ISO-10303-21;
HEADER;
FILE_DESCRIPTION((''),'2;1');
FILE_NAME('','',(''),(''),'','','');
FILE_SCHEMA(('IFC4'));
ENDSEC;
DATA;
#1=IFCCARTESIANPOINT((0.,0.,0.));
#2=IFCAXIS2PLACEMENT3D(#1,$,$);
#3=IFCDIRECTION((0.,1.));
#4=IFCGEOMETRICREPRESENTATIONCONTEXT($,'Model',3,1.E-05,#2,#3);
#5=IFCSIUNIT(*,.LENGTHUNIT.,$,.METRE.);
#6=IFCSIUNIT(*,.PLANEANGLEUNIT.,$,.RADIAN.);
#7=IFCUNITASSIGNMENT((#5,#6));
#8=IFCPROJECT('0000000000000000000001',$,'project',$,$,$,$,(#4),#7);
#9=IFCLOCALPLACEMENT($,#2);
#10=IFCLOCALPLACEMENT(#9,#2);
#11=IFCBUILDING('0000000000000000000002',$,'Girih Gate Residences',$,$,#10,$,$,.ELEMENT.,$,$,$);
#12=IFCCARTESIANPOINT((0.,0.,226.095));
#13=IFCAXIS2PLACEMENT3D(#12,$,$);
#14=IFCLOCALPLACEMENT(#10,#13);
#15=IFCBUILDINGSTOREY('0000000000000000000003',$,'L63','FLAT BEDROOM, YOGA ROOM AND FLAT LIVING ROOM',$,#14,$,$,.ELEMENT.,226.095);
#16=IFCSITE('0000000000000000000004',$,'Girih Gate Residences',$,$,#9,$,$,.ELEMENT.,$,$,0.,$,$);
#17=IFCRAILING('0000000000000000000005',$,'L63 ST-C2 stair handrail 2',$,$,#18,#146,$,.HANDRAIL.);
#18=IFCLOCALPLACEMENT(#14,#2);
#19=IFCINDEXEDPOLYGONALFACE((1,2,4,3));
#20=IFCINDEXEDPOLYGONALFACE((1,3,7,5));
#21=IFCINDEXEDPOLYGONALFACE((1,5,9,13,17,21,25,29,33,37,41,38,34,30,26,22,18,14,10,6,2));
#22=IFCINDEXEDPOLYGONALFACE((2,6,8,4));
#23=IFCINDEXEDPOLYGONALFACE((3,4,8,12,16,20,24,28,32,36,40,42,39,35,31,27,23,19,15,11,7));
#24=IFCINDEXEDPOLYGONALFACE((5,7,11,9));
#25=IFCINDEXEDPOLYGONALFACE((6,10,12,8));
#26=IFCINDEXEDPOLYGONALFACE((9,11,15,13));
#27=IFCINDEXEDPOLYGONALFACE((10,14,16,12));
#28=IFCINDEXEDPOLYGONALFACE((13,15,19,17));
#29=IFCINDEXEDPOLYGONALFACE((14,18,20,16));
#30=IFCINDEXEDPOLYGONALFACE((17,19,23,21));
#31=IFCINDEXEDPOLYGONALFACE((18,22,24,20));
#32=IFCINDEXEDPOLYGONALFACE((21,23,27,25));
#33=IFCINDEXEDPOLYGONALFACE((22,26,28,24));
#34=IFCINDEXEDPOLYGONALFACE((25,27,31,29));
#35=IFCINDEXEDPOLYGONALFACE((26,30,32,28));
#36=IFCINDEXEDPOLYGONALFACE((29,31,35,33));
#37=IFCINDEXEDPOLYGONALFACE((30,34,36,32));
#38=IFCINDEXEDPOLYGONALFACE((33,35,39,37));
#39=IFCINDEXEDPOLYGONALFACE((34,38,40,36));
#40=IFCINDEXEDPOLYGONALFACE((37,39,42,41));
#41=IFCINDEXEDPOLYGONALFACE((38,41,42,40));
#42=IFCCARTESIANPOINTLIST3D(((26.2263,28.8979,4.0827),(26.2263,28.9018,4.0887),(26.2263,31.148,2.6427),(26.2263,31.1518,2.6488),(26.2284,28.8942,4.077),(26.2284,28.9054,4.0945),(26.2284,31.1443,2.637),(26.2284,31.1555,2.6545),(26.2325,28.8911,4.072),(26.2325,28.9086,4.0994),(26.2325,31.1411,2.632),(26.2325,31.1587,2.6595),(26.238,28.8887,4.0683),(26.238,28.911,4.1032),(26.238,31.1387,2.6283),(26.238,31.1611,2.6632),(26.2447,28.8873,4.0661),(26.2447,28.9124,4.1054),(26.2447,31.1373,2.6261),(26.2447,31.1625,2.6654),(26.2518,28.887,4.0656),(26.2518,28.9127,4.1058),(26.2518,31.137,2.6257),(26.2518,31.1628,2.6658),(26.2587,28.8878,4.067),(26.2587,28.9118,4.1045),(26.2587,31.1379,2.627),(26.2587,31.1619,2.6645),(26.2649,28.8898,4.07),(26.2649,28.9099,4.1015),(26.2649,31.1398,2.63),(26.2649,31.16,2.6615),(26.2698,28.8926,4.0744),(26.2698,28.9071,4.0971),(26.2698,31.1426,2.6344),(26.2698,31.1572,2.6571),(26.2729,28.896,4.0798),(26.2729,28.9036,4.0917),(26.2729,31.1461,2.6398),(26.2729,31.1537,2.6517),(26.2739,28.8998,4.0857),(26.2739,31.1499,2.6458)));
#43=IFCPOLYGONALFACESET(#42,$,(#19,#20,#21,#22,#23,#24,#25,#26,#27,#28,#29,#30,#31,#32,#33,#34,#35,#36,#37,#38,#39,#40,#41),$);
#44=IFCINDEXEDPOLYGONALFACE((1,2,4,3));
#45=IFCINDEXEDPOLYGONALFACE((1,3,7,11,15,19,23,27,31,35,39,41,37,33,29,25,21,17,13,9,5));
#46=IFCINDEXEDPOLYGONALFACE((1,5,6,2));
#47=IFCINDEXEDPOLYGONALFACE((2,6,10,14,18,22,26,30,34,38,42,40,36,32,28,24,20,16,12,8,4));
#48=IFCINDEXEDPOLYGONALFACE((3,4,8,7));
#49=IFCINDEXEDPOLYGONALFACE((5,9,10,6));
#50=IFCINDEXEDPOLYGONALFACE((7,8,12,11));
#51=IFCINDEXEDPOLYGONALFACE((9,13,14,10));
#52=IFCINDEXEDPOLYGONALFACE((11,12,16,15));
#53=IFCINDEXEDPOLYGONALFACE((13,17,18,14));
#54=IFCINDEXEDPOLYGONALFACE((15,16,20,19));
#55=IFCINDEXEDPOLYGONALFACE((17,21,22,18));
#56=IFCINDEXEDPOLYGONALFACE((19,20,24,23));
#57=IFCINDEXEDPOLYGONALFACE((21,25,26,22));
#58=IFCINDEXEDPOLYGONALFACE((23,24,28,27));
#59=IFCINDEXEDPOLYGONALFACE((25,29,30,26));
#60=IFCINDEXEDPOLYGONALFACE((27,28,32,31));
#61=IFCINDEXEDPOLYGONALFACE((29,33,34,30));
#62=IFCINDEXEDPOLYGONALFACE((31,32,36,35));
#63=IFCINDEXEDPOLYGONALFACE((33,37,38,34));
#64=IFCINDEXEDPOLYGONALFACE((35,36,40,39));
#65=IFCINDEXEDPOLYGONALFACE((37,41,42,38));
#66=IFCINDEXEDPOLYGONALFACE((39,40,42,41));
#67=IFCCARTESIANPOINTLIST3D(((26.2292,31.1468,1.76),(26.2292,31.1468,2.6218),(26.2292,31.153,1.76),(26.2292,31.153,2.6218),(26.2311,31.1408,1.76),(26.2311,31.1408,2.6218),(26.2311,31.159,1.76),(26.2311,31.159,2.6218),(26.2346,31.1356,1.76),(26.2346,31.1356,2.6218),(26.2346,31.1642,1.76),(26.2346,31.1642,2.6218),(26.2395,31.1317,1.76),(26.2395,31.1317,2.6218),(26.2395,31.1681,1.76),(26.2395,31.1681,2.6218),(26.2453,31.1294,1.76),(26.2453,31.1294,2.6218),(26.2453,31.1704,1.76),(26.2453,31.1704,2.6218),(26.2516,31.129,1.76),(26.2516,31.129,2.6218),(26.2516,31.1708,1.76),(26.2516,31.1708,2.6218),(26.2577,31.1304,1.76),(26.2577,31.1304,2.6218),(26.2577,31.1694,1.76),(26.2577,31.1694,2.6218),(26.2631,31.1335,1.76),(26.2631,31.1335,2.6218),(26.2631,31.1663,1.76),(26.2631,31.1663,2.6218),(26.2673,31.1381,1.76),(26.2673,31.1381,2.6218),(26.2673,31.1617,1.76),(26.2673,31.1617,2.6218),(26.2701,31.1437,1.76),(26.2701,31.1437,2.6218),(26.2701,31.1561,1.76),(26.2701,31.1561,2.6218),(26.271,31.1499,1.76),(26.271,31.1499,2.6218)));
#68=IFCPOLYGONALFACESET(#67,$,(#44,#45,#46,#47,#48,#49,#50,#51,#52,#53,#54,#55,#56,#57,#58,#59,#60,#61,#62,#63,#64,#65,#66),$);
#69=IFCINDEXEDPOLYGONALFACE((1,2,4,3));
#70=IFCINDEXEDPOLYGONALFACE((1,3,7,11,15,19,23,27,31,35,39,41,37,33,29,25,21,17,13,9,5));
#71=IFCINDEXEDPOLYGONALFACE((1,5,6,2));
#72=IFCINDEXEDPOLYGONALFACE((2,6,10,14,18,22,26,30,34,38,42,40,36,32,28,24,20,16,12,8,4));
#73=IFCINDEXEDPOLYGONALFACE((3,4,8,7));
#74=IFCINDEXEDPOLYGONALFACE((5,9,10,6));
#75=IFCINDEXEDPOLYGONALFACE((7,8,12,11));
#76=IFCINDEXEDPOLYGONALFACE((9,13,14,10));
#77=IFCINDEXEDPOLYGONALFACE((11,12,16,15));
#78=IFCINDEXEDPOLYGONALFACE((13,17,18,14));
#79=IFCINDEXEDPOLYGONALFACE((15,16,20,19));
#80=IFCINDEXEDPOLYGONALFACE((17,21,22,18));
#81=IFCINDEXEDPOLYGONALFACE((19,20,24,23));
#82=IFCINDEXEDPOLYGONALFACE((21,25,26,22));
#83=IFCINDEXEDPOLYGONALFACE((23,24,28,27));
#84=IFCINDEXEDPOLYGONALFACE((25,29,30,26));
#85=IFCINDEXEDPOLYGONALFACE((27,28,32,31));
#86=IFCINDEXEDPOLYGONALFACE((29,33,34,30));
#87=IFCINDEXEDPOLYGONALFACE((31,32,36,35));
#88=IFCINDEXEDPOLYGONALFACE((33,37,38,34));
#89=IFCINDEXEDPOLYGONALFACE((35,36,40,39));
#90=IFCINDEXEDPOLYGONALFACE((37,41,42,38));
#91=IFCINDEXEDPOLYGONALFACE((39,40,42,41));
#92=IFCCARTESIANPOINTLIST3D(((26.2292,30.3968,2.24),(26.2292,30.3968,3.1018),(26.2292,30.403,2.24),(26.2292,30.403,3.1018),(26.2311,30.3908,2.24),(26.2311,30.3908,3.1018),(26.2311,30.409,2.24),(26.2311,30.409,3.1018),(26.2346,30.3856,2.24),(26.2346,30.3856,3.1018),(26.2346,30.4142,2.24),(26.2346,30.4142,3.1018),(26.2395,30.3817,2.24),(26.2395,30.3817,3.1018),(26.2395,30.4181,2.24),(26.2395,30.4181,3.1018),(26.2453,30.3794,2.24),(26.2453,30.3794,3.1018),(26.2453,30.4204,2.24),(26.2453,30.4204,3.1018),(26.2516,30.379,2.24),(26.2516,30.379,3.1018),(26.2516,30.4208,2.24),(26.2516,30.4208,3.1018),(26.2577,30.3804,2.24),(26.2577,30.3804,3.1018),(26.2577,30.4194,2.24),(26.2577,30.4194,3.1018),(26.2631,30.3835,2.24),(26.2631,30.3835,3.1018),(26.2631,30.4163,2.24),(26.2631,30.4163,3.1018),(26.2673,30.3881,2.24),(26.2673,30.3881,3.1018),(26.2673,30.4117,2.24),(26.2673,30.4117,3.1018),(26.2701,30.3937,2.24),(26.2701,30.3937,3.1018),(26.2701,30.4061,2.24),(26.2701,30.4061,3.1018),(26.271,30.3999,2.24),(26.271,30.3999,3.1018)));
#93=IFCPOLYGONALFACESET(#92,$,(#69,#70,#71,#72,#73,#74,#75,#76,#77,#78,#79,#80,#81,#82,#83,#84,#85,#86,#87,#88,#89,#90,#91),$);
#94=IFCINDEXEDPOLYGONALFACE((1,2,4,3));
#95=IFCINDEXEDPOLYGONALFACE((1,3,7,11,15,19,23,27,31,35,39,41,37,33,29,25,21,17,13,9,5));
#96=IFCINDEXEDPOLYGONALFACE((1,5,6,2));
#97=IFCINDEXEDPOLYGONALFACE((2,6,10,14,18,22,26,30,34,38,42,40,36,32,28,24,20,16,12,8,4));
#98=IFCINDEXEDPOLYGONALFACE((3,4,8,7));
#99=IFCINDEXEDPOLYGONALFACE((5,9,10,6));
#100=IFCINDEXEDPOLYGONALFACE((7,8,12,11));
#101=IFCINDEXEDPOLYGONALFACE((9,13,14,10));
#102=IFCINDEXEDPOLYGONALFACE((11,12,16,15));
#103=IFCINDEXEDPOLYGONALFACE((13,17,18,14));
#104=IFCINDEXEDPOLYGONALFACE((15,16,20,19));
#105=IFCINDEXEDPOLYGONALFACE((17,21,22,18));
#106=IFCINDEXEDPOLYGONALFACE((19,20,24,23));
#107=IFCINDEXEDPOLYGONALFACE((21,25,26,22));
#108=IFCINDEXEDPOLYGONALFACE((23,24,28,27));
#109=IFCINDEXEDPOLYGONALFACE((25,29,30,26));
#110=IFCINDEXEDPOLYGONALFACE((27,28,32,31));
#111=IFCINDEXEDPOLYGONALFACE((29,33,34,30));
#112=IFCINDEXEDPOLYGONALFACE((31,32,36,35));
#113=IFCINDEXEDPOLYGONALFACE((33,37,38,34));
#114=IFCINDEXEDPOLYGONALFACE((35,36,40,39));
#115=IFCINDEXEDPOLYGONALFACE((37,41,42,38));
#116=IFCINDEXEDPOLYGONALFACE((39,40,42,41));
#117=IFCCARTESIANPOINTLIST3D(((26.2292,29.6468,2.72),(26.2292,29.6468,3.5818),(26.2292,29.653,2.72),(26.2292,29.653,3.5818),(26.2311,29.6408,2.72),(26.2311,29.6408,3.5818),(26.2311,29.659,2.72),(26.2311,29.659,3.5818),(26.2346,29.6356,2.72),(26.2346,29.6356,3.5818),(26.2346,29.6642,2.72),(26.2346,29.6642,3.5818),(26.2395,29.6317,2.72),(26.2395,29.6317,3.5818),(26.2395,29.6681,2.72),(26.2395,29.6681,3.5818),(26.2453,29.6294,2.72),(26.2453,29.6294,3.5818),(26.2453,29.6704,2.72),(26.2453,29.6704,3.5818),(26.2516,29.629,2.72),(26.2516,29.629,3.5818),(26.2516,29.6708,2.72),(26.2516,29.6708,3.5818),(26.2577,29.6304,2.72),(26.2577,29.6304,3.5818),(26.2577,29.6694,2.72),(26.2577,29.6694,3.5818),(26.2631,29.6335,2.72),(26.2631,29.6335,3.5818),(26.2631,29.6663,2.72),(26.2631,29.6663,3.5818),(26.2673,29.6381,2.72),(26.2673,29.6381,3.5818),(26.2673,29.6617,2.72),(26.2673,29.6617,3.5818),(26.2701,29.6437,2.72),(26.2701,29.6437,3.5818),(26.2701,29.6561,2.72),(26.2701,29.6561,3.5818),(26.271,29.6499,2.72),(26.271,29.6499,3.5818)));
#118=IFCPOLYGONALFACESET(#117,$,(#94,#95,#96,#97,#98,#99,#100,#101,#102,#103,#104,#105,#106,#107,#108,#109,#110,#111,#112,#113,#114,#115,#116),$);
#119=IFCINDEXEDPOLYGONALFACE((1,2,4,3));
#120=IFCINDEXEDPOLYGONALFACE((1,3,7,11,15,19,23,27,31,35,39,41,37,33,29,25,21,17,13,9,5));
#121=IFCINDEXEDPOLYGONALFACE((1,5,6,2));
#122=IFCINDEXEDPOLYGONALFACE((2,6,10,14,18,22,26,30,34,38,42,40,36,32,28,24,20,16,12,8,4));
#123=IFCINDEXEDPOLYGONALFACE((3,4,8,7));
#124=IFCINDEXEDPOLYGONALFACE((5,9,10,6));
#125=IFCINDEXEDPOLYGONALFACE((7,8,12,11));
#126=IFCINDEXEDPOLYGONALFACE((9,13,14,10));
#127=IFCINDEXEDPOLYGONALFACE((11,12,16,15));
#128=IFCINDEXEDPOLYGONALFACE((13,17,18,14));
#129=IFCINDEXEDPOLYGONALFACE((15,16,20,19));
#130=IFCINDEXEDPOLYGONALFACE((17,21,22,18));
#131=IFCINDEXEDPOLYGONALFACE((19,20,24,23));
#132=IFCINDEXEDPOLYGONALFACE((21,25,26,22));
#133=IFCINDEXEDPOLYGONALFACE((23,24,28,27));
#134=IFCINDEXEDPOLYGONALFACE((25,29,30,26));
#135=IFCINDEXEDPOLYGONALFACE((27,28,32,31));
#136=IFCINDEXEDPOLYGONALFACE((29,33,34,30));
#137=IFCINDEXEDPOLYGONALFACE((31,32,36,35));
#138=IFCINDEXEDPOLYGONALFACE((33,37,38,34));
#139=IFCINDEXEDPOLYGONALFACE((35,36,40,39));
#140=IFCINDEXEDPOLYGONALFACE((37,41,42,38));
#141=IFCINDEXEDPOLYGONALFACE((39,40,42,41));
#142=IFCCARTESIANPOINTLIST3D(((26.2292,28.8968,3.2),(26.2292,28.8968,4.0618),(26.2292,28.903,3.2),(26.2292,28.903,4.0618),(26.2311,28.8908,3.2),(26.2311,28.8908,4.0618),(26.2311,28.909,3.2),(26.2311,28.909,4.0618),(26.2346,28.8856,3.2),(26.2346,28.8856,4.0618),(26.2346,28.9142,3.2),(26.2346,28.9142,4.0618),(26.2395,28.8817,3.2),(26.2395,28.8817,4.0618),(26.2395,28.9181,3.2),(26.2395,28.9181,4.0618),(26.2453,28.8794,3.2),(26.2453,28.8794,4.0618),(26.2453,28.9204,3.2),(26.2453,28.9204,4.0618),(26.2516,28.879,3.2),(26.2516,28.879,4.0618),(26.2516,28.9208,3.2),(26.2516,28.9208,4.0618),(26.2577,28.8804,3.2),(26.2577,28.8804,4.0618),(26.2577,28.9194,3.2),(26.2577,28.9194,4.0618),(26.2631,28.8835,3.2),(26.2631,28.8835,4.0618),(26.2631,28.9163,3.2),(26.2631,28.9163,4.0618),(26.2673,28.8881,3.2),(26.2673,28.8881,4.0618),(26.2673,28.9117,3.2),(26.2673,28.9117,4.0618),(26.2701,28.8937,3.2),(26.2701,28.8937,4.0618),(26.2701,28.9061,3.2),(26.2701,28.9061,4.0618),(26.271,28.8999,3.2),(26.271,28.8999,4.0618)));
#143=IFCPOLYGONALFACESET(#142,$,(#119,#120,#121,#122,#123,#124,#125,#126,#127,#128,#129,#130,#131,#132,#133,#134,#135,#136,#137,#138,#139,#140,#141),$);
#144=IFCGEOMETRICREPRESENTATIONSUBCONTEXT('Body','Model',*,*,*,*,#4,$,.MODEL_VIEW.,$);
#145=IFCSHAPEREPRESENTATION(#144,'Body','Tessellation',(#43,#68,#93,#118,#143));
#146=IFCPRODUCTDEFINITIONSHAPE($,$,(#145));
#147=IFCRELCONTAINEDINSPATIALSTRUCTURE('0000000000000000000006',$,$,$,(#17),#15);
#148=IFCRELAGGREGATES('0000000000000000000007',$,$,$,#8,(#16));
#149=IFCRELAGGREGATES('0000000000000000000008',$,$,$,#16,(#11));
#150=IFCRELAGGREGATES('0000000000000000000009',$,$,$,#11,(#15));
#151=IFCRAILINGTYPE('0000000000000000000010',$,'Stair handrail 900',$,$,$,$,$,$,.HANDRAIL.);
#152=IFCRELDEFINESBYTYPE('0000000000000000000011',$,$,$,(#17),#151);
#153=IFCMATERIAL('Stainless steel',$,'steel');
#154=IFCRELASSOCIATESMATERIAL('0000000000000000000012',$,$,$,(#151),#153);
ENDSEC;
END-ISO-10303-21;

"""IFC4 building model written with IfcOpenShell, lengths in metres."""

from ifc_helpers import new_model, si_unit, direction, frame, origin, origin_2d, place, context, subcontext, project, spatial, circle, extrude, material, type_object, element, save


model = new_model("IFC4")

# Units and contexts
model_context = context("Model", 3, precision=1e-05, world=origin(), true_north=direction((0.0, 1.0)))
body_context = subcontext(model_context, "Body", "Model", "MODEL_VIEW")
ifc_project = project(units=[si_unit("LENGTHUNIT", "METRE"), si_unit("PLANEANGLEUNIT", "RADIAN")], contexts=[model_context])

# Site, building, storey
site_placement = place(None, origin())
site = spatial("IfcSite", under=ifc_project, at=site_placement, Name="Girih Gate Residences", CompositionType="ELEMENT", RefElevation=0.0)
building_placement = place(site_placement, origin())
building = spatial("IfcBuilding", under=site, at=building_placement, Name="Girih Gate Residences", CompositionType="ELEMENT")
storey_placement = place(building_placement, frame((0.0, 0.0, 226.095)))
storey = spatial("IfcBuildingStorey", under=building, at=storey_placement, Name="L63", Description="FLAT BEDROOM, YOGA ROOM AND FLAT LIVING ROOM", CompositionType="ELEMENT", Elevation=226.095)

# Railing
ifc_material_1 = material(Name="Stainless steel", Category="steel")
railing_type_1 = type_object("IfcRailingType", Name="Stair handrail 900", PredefinedType="HANDRAIL", material=ifc_material_1)
railing_1_placement = place(storey_placement, frame((26.25, 31.1499, 1.76)))
element("IfcRailing", 1, at=railing_1_placement, inside=storey, type_object=railing_type_1, Name="L63 ST-C2 stair handrail 2", PredefinedType="HANDRAIL", context=body_context, shape_type="SweptSolid", body=[
    extrude(circle(Radius=0.0239, at=origin_2d()), frame((0.0, 0.0, 0.8857), z_axis=(0.0, -0.842281, 0.539038), x_axis=(1.0, 0.0, 0.0)), (0.0, 0.0, 1.0), 2.6714),
    extrude(circle(Radius=0.021, at=origin_2d()), origin(), (0.0, 0.0, 1.0), 0.8618),
    extrude(circle(Radius=0.021, at=origin_2d()), frame((0.0, -0.75, 0.48)), (0.0, 0.0, 1.0), 0.8618),
    extrude(circle(Radius=0.021, at=origin_2d()), frame((0.0, -1.5, 0.96)), (0.0, 0.0, 1.0), 0.8618),
    extrude(circle(Radius=0.021, at=origin_2d()), frame((0.0, -2.25, 1.4399)), (0.0, 0.0, 1.0), 0.8618),
])

save(model, "model.ifc")
